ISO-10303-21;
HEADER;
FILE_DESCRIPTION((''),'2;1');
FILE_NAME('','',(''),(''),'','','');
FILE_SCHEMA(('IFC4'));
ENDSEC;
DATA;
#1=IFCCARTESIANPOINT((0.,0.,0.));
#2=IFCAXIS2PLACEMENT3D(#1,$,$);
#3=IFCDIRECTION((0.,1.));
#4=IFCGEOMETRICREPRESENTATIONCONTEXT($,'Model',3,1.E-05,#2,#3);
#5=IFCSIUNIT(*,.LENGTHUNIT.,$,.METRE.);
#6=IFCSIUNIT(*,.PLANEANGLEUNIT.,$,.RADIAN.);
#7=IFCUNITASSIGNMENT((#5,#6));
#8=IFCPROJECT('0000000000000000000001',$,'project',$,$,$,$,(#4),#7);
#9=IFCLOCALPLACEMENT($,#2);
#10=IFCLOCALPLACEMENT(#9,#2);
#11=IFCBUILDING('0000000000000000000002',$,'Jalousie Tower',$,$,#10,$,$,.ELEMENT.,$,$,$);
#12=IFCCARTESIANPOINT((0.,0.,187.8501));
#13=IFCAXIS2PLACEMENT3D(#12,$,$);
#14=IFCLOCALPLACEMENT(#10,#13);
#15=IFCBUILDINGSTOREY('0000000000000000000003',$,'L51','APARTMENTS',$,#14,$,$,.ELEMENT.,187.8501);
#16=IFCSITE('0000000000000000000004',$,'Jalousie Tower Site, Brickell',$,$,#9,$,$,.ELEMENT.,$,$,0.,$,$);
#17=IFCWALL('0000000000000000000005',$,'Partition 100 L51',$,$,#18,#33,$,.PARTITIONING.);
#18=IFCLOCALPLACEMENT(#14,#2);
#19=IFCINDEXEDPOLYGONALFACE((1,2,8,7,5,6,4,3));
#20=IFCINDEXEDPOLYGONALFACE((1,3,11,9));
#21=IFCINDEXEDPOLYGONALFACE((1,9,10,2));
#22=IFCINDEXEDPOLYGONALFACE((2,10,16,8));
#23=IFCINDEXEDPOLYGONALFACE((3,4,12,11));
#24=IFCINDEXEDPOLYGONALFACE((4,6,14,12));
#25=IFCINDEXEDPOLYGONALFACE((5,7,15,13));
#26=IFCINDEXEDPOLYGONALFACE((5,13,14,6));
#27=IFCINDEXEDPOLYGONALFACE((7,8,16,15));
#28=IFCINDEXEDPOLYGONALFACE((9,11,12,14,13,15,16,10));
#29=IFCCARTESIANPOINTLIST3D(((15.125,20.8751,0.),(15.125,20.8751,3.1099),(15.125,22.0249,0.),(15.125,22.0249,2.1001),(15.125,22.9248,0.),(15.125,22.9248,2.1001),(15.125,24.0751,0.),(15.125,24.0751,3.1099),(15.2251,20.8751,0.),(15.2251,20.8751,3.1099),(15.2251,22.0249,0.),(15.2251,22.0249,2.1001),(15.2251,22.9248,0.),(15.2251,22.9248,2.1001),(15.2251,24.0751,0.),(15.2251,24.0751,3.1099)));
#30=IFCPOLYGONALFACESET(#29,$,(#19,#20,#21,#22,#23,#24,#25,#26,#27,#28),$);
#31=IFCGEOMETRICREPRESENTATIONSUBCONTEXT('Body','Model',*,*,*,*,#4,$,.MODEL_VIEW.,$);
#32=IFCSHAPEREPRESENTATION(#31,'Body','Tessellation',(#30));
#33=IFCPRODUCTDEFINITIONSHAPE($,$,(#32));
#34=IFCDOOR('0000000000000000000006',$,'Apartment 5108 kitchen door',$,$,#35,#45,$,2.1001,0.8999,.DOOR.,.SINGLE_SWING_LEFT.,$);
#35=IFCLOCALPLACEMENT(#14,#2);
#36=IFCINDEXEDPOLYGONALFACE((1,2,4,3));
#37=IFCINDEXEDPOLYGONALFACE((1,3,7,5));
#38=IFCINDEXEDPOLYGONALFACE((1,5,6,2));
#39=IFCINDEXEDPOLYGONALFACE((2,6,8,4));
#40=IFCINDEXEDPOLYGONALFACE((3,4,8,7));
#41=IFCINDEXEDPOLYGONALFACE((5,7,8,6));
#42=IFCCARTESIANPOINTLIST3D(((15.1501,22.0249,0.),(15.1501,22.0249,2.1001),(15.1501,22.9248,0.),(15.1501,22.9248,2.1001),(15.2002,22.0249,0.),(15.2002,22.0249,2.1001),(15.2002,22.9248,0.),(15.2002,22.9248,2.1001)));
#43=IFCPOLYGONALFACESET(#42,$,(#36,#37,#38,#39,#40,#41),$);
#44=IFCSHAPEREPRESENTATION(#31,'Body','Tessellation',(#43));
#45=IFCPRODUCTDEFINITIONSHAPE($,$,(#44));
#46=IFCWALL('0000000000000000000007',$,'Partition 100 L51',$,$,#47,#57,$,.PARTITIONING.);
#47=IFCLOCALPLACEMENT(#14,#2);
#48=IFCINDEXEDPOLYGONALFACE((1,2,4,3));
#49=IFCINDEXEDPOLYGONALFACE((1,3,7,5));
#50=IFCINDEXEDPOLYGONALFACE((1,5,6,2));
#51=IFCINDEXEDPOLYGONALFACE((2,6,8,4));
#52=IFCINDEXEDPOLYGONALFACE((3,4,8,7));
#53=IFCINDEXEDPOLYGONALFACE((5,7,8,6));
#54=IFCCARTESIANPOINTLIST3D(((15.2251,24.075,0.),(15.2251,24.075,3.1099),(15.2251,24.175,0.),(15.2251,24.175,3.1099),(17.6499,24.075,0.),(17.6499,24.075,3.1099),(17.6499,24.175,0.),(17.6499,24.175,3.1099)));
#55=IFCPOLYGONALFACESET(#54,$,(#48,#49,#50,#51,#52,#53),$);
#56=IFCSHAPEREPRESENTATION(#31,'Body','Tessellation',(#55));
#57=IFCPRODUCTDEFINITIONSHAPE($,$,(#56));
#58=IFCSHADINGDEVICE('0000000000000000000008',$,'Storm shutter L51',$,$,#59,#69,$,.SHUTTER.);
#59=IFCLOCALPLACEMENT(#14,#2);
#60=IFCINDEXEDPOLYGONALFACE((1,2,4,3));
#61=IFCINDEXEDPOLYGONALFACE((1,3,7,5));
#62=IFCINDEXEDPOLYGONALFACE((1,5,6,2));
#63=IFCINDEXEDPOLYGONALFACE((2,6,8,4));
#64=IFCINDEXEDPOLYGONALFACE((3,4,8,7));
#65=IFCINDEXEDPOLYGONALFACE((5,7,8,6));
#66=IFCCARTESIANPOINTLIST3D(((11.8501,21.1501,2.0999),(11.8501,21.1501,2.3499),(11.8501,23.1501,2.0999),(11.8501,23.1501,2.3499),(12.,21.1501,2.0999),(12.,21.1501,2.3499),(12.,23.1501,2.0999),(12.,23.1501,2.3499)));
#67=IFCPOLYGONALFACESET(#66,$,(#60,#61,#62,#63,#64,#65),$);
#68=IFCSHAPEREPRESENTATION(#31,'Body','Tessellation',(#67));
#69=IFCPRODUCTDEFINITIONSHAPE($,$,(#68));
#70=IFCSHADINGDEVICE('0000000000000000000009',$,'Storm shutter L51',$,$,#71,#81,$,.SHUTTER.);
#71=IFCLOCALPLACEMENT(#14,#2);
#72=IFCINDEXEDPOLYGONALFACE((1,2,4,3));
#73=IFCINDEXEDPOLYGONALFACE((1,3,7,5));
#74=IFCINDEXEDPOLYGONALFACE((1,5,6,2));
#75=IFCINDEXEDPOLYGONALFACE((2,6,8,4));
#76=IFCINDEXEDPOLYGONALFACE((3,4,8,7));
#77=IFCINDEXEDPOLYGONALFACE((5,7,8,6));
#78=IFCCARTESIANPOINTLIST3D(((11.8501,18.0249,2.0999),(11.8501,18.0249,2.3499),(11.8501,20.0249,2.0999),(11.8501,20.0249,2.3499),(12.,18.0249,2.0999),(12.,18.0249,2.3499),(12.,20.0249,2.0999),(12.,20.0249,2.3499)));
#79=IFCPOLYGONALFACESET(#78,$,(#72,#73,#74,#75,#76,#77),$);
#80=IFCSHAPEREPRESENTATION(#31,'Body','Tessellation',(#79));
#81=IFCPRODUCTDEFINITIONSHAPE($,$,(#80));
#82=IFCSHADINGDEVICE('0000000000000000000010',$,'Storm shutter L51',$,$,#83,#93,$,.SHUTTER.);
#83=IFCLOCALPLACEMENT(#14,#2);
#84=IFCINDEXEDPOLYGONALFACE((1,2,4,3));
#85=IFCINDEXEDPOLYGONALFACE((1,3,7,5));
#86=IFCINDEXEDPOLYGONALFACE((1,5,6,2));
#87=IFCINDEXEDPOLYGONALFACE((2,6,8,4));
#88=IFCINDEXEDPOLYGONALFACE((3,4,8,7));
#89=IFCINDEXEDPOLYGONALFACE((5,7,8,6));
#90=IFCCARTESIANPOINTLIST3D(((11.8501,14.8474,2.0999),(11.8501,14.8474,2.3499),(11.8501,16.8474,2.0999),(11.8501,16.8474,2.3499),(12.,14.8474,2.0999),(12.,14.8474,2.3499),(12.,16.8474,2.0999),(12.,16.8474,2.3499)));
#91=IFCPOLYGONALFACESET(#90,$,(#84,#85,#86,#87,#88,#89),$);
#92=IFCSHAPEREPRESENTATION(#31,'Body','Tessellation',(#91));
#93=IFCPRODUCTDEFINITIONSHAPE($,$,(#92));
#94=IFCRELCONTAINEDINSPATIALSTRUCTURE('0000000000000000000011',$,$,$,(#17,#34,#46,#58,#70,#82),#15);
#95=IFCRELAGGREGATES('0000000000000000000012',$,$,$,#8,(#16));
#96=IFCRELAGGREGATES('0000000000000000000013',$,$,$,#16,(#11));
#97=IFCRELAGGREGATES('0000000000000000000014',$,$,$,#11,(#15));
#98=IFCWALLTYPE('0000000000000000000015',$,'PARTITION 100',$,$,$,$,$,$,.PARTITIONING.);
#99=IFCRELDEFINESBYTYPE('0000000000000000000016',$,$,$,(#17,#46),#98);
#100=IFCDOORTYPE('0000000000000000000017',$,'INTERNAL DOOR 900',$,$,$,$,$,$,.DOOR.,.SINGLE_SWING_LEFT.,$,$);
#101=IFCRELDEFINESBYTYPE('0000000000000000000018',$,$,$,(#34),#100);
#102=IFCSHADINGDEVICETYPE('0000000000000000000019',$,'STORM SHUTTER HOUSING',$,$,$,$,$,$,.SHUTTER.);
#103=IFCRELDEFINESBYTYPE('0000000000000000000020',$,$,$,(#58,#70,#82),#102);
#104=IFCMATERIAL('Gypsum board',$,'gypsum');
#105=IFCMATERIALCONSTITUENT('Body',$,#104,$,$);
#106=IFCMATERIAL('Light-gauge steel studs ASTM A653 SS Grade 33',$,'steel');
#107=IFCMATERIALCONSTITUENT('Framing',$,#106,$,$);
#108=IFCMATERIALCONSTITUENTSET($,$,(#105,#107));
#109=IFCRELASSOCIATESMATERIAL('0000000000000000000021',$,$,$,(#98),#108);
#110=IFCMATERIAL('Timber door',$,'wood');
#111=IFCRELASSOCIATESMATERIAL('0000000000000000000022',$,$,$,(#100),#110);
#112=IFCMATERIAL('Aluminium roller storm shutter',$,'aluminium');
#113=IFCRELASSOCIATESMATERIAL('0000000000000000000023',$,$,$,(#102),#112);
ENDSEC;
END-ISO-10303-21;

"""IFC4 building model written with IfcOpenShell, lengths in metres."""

from ifc_helpers import new_model, si_unit, direction, frame, frame_2d, origin, origin_2d, place, context, subcontext, project, spatial, rectangle, extrude, material, constituent, constituent_set, type_object, element, fill, save


model = new_model("IFC4")

# Units and contexts
model_context = context("Model", 3, precision=1e-05, world=origin(), true_north=direction((0.0, 1.0)))
body_context = subcontext(model_context, "Body", "Model", "MODEL_VIEW")
ifc_project = project(units=[si_unit("LENGTHUNIT", "METRE"), si_unit("PLANEANGLEUNIT", "RADIAN")], contexts=[model_context])

# Site, building, storey
site_placement = place(None, origin())
site = spatial("IfcSite", under=ifc_project, at=site_placement, Name="Jalousie Tower Site, Brickell", CompositionType="ELEMENT", RefElevation=0.0)
building_placement = place(site_placement, origin())
building = spatial("IfcBuilding", under=site, at=building_placement, Name="Jalousie Tower", CompositionType="ELEMENT")
storey_placement = place(building_placement, frame((0.0, 0.0, 187.8501)))
storey = spatial("IfcBuildingStorey", under=building, at=storey_placement, Name="L51", Description="APARTMENTS", CompositionType="ELEMENT", Elevation=187.8501)

# Wall, opening, door
ifc_material_1 = material(Name="Gypsum board", Category="gypsum")
ifc_constituent_1 = constituent(ifc_material_1, Name="Body")
ifc_material_2 = material(Name="Light-gauge steel studs ASTM A653 SS Grade 33", Category="steel")
ifc_constituent_2 = constituent(ifc_material_2, Name="Framing")
ifc_constituent_set = constituent_set(constituents=[ifc_constituent_1, ifc_constituent_2])
wall_type = type_object("IfcWallType", Name="PARTITION 100", PredefinedType="PARTITIONING", material=ifc_constituent_set)
wall_1_placement = place(storey_placement, frame((15.175, 20.875, 0.0), z_axis=(0.0, 0.0, 1.0), x_axis=(0.0, 1.0, 0.0)))
wall_1 = element("IfcWall", 1, at=wall_1_placement, inside=storey, type_object=wall_type, Name="Partition 100 L51", PredefinedType="PARTITIONING", context=body_context, shape_type="SweptSolid", body=[
    extrude(rectangle(XDim=3.2, YDim=0.1001, at=frame_2d((1.6001, 0.0))), origin(), (0.0, 0.0, 1.0), 3.1099),
])
opening_1_placement = place(wall_1_placement, frame((1.1499, 0.0, 0.0)))
opening_1 = element("IfcOpeningElement", 2, at=opening_1_placement, cuts=wall_1, PredefinedType="OPENING", context=body_context, shape_type="SweptSolid", body=[
    extrude(rectangle(XDim=0.8999, YDim=2.1001, at=frame_2d((0.45, 1.05))), frame((0.0, 0.0601, 0.0), z_axis=(0.0, -1.0, 0.0), x_axis=(1.0, 0.0, 0.0)), (0.0, 0.0, 1.0), 0.1201),
])
ifc_material_3 = material(Name="Timber door", Category="wood")
door_type_1 = type_object("IfcDoorType", Name="INTERNAL DOOR 900", OperationType="SINGLE_SWING_LEFT", PredefinedType="DOOR", material=ifc_material_3)
door_1_placement = place(opening_1_placement, origin())
door_1 = element("IfcDoor", 3, at=door_1_placement, inside=storey, type_object=door_type_1, Name="Apartment 5108 kitchen door", OperationType="SINGLE_SWING_LEFT", OverallHeight=2.1001, OverallWidth=0.8999, PredefinedType="DOOR", context=body_context, shape_type="SweptSolid", body=[
    extrude(rectangle(XDim=0.8999, YDim=2.1001, at=frame_2d((0.45, 1.05))), frame((0.0, 0.0249, 0.0), z_axis=(0.0, -1.0, 0.0), x_axis=(1.0, 0.0, 0.0)), (0.0, 0.0, 1.0), 0.05),
])
fill(opening_1, door_1)

# Wall
wall_2_placement = place(storey_placement, frame((15.2251, 24.125, 0.0), z_axis=(0.0, 0.0, 1.0), x_axis=(1.0, 0.0, 0.0)))
element("IfcWall", 4, at=wall_2_placement, inside=storey, type_object=wall_type, Name="Partition 100 L51", PredefinedType="PARTITIONING", context=body_context, shape_type="SweptSolid", body=[
    extrude(rectangle(XDim=2.4248, YDim=0.1001, at=frame_2d((1.2124, 0.0))), origin(), (0.0, 0.0, 1.0), 3.1099),
])

# Shading devices
ifc_material_4 = material(Name="Aluminium roller storm shutter", Category="aluminium")
shading_device_type = type_object("IfcShadingDeviceType", Name="STORM SHUTTER HOUSING", PredefinedType="SHUTTER", material=ifc_material_4)
for number, where, z_axis, x_axis, name in (
    (5, (11.925, 22.1501, 2.0999), (0.0, 0.0, 1.0), (0.0, -1.0, 0.0), "Storm shutter L51"),
    (6, (11.925, 19.0249, 2.0999), (0.0, 0.0, 1.0), (0.0, -1.0, 0.0), "Storm shutter L51"),
    (7, (11.925, 15.8474, 2.0999), (0.0, 0.0, 1.0), (0.0, -1.0, 0.0), "Storm shutter L51"),
):
    element("IfcShadingDevice", number, at=place(storey_placement, frame(where, z_axis=z_axis, x_axis=x_axis)), inside=storey, type_object=shading_device_type, Name=name, PredefinedType="SHUTTER", context=body_context, shape_type="SweptSolid", body=[
        extrude(rectangle(XDim=2.0, YDim=0.1499, at=origin_2d()), origin(), (0.0, 0.0, 1.0), 0.25),
    ])

save(model, "model.ifc")
